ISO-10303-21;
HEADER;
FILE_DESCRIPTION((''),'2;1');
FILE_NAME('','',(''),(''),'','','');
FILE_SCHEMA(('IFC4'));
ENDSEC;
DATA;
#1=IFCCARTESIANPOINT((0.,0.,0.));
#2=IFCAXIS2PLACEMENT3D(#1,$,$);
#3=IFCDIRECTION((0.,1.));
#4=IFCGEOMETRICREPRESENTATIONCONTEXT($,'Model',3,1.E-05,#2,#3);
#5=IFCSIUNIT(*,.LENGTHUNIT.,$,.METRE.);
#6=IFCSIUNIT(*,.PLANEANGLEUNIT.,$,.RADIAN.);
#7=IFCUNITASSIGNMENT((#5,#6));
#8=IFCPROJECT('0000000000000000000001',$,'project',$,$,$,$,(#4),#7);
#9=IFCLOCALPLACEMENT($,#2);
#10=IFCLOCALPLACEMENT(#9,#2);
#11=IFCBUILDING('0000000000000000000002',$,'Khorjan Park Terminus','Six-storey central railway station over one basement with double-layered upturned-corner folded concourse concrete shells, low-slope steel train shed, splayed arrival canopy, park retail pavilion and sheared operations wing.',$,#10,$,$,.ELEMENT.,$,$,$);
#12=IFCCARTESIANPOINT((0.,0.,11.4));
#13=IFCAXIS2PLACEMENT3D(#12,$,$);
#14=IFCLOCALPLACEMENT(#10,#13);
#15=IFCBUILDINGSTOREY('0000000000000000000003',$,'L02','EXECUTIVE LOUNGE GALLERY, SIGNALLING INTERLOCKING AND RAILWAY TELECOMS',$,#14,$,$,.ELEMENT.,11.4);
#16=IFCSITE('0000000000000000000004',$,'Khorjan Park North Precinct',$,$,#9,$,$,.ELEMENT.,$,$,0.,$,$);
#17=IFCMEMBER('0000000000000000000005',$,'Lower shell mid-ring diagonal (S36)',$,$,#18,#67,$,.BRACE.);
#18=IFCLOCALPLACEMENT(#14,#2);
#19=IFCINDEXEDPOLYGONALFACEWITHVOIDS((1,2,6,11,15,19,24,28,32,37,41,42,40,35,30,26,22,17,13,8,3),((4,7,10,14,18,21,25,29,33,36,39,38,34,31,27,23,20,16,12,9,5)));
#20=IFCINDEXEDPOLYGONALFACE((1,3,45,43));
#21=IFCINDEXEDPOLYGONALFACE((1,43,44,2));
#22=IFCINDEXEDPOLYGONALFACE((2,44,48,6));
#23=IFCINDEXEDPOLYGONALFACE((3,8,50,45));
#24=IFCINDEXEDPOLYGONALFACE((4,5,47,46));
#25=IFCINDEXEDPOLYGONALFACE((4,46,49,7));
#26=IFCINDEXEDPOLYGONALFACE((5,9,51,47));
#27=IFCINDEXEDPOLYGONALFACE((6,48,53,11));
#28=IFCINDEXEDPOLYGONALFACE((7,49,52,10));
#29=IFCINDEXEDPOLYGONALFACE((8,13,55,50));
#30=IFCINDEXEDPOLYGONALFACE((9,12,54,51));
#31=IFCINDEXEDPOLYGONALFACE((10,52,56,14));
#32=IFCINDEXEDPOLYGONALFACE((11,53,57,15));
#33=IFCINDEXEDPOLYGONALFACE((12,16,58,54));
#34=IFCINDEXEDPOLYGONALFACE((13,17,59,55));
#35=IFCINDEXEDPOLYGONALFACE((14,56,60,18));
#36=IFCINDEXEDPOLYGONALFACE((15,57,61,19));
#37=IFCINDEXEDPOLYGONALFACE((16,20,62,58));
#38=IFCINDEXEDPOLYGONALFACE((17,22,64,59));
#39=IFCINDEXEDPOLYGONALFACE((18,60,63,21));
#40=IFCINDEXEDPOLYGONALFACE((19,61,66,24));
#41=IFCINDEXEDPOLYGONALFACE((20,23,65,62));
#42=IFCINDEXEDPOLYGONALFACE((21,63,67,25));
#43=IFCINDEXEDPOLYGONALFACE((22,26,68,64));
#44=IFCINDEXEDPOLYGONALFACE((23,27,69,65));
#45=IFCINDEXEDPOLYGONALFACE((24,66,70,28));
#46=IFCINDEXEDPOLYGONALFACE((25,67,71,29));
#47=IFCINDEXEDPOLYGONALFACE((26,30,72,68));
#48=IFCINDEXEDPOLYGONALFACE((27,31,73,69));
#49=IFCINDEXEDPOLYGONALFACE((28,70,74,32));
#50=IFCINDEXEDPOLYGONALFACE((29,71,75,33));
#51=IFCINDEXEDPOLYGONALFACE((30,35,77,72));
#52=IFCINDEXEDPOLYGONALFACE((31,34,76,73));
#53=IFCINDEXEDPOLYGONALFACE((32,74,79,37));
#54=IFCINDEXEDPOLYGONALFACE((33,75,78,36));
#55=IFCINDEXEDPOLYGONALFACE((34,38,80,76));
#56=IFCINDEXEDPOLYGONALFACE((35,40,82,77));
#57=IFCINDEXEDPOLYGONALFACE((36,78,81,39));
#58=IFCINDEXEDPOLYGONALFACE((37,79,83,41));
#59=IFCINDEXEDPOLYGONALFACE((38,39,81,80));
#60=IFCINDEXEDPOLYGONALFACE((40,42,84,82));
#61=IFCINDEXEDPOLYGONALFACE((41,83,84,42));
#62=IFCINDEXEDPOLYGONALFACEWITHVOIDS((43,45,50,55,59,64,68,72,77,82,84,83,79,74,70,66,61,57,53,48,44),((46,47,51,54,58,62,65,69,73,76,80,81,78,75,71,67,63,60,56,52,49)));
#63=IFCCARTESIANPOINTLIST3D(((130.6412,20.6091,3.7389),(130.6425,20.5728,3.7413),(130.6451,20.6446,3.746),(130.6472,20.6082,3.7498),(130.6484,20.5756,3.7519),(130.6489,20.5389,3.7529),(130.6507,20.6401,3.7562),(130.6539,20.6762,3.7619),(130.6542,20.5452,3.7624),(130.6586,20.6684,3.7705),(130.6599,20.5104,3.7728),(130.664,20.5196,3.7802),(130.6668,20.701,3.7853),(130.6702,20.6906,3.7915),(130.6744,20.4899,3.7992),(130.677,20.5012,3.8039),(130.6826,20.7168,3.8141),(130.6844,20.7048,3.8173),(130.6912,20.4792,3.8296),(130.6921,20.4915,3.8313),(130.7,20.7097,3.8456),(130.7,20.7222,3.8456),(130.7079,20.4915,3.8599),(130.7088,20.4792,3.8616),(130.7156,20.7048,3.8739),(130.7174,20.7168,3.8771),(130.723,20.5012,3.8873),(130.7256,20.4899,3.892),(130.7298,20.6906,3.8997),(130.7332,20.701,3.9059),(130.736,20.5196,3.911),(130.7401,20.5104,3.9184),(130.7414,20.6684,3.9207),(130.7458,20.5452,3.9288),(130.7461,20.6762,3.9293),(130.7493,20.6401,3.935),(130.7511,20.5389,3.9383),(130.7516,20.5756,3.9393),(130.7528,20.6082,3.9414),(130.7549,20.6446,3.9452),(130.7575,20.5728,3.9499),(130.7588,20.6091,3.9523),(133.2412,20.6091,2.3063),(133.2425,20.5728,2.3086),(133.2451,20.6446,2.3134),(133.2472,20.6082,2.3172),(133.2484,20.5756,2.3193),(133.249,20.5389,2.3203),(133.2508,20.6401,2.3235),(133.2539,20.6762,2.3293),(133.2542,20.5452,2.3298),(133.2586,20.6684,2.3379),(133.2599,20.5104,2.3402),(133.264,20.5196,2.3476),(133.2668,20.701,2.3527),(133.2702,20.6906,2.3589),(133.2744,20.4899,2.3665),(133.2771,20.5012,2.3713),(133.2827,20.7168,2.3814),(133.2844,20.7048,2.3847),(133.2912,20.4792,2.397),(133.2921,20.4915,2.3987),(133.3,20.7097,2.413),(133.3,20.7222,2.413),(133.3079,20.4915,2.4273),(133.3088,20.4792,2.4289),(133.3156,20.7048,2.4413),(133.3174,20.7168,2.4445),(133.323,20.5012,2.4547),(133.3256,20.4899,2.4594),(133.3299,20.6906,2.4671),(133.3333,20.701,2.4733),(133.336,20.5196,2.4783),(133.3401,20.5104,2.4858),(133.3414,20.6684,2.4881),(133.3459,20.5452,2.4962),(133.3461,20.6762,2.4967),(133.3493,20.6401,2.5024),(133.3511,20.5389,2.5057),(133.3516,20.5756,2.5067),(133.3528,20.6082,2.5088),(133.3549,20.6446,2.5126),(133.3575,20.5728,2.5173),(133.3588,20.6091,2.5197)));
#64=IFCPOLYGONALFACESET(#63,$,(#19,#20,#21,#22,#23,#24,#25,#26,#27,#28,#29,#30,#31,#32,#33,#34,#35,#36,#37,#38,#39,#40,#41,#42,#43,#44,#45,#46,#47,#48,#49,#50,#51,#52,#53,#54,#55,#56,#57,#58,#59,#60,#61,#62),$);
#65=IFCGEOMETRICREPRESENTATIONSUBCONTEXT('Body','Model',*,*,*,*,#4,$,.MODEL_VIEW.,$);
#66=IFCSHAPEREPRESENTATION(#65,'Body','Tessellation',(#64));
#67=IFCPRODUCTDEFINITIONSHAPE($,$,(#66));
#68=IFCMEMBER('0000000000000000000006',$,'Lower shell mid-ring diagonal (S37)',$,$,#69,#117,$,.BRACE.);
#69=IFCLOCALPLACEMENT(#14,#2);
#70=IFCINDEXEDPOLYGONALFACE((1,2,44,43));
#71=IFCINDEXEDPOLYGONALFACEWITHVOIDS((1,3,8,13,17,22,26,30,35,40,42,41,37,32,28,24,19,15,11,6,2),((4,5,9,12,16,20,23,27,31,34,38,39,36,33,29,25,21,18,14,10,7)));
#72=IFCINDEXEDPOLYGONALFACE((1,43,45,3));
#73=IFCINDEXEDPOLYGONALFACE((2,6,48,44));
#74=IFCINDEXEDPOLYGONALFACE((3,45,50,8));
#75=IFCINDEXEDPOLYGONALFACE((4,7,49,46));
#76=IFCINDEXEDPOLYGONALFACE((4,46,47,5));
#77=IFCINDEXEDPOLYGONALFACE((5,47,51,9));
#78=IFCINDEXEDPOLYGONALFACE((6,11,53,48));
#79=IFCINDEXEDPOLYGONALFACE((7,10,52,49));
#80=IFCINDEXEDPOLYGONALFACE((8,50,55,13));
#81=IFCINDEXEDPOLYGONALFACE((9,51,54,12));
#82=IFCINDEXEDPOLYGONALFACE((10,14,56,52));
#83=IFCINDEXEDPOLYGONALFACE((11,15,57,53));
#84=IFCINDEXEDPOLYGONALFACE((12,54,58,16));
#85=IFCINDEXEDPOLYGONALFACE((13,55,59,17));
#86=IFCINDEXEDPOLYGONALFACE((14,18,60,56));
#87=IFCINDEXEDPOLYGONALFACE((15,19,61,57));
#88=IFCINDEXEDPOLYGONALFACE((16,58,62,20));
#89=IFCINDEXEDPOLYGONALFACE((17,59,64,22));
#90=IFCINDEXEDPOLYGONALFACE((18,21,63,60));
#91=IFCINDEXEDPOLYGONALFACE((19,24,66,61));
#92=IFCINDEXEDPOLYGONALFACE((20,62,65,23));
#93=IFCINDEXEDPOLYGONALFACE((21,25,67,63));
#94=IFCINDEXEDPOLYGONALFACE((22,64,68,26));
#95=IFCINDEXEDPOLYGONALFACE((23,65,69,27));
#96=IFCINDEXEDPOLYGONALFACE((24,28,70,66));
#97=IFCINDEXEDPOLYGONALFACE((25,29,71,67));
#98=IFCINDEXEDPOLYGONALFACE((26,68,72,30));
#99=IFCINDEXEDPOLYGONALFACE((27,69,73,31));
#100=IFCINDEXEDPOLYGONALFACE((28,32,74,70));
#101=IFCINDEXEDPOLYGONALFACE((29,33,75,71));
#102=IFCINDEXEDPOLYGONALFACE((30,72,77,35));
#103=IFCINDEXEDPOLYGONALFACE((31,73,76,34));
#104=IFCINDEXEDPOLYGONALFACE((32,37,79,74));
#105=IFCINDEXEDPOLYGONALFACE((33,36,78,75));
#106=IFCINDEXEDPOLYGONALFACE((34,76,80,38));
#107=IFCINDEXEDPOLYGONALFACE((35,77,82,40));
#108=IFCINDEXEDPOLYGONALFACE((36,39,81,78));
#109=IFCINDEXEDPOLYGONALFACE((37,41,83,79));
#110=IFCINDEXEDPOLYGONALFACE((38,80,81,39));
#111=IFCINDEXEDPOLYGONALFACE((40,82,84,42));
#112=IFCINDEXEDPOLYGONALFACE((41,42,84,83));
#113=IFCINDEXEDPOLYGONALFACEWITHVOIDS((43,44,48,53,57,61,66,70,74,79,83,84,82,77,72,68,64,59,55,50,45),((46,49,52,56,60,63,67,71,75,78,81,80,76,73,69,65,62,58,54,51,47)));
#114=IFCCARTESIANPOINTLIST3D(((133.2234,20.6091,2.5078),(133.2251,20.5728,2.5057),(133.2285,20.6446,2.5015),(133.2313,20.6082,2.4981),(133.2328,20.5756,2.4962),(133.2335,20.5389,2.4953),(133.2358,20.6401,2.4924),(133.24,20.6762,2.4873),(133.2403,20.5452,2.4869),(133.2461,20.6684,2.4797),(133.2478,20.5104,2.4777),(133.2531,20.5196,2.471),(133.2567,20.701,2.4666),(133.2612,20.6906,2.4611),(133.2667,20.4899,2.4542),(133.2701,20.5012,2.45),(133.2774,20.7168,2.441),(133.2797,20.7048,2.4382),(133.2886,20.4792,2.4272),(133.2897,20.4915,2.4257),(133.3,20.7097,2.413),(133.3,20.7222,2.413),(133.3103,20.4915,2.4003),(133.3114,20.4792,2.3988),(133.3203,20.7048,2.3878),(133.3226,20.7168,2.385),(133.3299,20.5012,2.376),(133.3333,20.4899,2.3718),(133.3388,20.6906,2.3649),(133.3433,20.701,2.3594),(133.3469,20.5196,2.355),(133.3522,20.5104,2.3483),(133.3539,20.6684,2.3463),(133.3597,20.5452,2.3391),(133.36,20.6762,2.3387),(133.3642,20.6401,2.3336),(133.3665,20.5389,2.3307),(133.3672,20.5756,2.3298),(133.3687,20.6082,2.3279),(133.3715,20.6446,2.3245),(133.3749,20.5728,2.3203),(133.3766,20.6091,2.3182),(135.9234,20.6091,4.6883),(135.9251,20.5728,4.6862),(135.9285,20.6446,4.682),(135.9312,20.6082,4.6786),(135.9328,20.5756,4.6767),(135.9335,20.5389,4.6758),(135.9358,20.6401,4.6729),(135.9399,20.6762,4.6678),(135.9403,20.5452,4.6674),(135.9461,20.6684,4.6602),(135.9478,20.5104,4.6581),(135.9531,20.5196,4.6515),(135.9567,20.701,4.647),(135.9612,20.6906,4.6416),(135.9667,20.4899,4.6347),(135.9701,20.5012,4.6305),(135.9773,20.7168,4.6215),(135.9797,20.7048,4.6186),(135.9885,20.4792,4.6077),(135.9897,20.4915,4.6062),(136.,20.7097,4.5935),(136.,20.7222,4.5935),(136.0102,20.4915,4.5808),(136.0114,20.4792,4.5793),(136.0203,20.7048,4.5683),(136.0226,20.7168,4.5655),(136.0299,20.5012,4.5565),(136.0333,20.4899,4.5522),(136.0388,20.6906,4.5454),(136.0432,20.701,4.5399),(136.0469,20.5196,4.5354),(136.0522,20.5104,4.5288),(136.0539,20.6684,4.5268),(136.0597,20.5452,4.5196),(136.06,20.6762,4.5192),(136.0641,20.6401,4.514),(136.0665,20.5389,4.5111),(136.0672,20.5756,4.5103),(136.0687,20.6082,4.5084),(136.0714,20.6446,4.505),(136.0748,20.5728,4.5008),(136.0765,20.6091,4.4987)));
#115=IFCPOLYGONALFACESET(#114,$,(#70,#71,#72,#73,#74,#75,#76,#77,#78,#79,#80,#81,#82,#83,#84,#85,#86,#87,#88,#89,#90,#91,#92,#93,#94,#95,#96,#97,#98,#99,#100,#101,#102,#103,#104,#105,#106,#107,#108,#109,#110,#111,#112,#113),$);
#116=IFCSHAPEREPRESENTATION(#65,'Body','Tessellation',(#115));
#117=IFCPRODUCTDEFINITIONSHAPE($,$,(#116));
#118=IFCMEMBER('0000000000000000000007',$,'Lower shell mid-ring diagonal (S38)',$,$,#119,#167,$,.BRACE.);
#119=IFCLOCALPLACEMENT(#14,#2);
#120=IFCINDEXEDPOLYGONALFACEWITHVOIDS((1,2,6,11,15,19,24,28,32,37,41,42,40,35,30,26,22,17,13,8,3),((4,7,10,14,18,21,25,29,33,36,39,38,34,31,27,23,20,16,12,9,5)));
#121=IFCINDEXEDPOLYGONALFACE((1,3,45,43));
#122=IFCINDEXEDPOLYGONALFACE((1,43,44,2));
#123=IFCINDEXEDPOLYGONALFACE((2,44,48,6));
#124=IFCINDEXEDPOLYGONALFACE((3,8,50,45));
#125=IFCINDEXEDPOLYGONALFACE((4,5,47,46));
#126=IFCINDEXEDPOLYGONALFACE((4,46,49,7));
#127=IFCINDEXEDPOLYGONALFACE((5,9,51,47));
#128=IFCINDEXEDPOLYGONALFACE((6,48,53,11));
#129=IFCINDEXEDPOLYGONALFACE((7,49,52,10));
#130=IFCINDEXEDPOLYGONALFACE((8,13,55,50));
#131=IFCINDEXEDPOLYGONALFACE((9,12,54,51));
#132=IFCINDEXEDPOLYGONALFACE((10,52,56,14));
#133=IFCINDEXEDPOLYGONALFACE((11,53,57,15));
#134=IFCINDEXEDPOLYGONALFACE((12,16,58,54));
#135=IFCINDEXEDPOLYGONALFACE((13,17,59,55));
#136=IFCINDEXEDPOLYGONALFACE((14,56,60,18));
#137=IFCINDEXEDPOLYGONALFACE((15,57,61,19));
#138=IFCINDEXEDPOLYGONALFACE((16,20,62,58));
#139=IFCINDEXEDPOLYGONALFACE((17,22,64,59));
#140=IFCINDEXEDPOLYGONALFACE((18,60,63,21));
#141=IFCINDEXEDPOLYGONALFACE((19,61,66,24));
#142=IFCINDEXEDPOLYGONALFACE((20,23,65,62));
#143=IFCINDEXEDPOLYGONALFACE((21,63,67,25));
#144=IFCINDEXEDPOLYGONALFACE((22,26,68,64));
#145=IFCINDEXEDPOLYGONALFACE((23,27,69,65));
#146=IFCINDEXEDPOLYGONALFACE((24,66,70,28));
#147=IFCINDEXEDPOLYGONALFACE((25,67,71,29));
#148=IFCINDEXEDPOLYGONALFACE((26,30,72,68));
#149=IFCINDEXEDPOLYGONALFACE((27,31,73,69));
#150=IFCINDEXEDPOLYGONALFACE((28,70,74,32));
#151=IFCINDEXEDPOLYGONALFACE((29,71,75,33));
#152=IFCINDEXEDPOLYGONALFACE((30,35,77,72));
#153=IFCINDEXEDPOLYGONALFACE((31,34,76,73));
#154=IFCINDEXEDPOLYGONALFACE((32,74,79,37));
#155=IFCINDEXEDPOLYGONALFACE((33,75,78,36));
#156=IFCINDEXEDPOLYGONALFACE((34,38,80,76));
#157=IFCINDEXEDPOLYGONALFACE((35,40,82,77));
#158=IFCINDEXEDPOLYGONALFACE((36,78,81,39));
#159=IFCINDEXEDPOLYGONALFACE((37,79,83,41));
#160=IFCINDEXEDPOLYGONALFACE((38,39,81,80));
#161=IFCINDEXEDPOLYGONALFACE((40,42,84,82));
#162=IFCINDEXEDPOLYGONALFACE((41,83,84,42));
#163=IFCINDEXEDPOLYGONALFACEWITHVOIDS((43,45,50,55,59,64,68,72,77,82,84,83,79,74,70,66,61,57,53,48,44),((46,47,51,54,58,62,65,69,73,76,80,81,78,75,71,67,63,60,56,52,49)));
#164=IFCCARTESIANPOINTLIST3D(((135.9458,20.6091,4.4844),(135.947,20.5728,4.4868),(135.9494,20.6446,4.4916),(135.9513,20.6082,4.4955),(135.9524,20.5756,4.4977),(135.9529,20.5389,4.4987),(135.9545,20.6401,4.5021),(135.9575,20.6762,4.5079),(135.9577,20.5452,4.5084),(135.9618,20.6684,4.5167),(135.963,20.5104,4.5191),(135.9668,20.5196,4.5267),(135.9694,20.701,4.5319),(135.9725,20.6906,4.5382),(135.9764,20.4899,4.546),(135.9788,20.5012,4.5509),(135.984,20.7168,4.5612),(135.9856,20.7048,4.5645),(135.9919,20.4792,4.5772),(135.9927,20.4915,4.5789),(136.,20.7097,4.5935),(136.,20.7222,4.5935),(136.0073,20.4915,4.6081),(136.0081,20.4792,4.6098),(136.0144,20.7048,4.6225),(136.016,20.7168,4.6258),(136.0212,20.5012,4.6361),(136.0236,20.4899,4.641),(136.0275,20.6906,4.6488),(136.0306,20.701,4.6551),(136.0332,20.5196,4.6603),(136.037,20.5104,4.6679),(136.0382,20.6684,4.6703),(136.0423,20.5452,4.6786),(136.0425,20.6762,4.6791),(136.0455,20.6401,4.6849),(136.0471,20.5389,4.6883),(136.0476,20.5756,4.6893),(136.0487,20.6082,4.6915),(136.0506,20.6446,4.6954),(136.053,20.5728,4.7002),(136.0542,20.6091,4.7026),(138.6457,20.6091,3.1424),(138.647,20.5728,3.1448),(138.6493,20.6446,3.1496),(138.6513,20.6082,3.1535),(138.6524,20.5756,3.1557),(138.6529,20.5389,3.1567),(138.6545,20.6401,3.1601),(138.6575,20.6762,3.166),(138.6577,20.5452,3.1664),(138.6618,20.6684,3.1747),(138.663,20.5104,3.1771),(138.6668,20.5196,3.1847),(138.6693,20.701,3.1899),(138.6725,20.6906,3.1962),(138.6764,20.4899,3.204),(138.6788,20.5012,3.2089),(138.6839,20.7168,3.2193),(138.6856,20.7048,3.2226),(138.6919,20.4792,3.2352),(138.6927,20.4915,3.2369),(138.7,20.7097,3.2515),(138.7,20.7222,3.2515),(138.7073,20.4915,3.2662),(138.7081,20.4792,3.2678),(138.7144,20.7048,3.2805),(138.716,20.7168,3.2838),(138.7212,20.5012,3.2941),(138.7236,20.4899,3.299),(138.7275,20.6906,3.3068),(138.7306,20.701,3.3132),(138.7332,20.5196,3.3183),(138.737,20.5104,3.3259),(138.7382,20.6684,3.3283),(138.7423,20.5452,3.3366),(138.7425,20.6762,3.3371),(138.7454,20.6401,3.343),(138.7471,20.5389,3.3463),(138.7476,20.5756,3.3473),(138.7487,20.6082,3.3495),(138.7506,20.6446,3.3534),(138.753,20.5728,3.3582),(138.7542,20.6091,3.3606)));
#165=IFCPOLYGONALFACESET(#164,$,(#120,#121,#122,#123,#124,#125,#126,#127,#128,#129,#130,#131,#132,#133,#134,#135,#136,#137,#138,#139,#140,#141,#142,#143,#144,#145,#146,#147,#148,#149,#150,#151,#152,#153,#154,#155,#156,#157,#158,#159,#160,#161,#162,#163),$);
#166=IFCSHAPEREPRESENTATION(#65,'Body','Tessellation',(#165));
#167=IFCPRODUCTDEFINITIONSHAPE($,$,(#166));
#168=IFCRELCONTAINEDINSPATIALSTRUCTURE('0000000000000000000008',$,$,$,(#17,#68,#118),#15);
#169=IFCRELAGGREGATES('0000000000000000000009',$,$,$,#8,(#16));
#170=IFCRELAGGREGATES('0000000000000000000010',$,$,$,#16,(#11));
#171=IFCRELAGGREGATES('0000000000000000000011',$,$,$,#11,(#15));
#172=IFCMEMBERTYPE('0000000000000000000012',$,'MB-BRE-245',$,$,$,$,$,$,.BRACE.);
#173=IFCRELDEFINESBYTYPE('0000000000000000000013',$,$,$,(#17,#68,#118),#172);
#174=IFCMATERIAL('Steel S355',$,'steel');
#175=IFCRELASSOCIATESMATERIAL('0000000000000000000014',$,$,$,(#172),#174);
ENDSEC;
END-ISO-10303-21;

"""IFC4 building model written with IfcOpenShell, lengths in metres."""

from ifc_helpers import new_model, si_unit, direction, frame, origin, origin_2d, place, context, subcontext, project, spatial, hollow_circle, extrude, material, material_profile, profile_set, type_object, element, save


model = new_model("IFC4")

# Units and contexts
model_context = context("Model", 3, precision=1e-05, world=origin(), true_north=direction((0.0, 1.0)))
body_context = subcontext(model_context, "Body", "Model", "MODEL_VIEW")
ifc_project = project(units=[si_unit("LENGTHUNIT", "METRE"), si_unit("PLANEANGLEUNIT", "RADIAN")], contexts=[model_context])

# Site, building, storey
site_placement = place(None, origin())
site = spatial("IfcSite", under=ifc_project, at=site_placement, Name="Khorjan Park North Precinct", CompositionType="ELEMENT", RefElevation=0.0)
building_placement = place(site_placement, origin())
building = spatial("IfcBuilding", under=site, at=building_placement, Name="Khorjan Park Terminus", Description="Six-storey central railway station over one basement with double-layered upturned-corner folded concourse concrete shells, low-slope steel train shed, splayed arrival canopy, park retail pavilion and sheared operations wing.", CompositionType="ELEMENT")
storey_placement = place(building_placement, frame((0.0, 0.0, 11.4)))
storey = spatial("IfcBuildingStorey", under=building, at=storey_placement, Name="L02", Description="EXECUTIVE LOUNGE GALLERY, SIGNALLING INTERLOCKING AND RAILWAY TELECOMS", CompositionType="ELEMENT", Elevation=11.4)

# Members
ifc_material_1 = material(Name="Steel S355", Category="steel")
ifc_material_profile_1 = material_profile(ifc_material_1, hollow_circle(Radius=0.1222, WallThickness=0.0125, at=origin_2d()), Name="CHS 244.5x12.5")
ifc_profile_set_1 = profile_set([ifc_material_profile_1], Name="Steel S355")
member_type_1 = type_object("IfcMemberType", Name="MB-BRE-245", PredefinedType="BRACE", material=ifc_profile_set_1)
member_1_placement = place(storey_placement, frame((130.7, 20.6, 3.8456), z_axis=(0.875846, 0.0, -0.482591), x_axis=(0.0, 1.0, 0.0)))
element("IfcMember", 1, at=member_1_placement, inside=storey, type_object=member_type_1, Name="Lower shell mid-ring diagonal (S36)", PredefinedType="BRACE", context=body_context, shape_type="SweptSolid", body=[
    extrude(hollow_circle(Radius=0.1222, WallThickness=0.0125, at=origin_2d()), origin(), (0.0, 0.0, 1.0), 2.9686),
])
member_2_placement = place(storey_placement, frame((133.3, 20.6, 2.413), z_axis=(0.777979, 0.0, 0.62829), x_axis=(0.0, 1.0, 0.0)))
element("IfcMember", 2, at=member_2_placement, inside=storey, type_object=member_type_1, Name="Lower shell mid-ring diagonal (S37)", PredefinedType="BRACE", context=body_context, shape_type="SweptSolid", body=[
    extrude(hollow_circle(Radius=0.1222, WallThickness=0.0125, at=origin_2d()), origin(), (0.0, 0.0, 1.0), 3.4705),
])
member_3_placement = place(storey_placement, frame((136.0, 20.6, 4.5935), z_axis=(0.895486, 0.0, -0.44509), x_axis=(0.0, 1.0, 0.0)))
element("IfcMember", 3, at=member_3_placement, inside=storey, type_object=member_type_1, Name="Lower shell mid-ring diagonal (S38)", PredefinedType="BRACE", context=body_context, shape_type="SweptSolid", body=[
    extrude(hollow_circle(Radius=0.1222, WallThickness=0.0125, at=origin_2d()), origin(), (0.0, 0.0, 1.0), 3.0151),
])

save(model, "model.ifc")
